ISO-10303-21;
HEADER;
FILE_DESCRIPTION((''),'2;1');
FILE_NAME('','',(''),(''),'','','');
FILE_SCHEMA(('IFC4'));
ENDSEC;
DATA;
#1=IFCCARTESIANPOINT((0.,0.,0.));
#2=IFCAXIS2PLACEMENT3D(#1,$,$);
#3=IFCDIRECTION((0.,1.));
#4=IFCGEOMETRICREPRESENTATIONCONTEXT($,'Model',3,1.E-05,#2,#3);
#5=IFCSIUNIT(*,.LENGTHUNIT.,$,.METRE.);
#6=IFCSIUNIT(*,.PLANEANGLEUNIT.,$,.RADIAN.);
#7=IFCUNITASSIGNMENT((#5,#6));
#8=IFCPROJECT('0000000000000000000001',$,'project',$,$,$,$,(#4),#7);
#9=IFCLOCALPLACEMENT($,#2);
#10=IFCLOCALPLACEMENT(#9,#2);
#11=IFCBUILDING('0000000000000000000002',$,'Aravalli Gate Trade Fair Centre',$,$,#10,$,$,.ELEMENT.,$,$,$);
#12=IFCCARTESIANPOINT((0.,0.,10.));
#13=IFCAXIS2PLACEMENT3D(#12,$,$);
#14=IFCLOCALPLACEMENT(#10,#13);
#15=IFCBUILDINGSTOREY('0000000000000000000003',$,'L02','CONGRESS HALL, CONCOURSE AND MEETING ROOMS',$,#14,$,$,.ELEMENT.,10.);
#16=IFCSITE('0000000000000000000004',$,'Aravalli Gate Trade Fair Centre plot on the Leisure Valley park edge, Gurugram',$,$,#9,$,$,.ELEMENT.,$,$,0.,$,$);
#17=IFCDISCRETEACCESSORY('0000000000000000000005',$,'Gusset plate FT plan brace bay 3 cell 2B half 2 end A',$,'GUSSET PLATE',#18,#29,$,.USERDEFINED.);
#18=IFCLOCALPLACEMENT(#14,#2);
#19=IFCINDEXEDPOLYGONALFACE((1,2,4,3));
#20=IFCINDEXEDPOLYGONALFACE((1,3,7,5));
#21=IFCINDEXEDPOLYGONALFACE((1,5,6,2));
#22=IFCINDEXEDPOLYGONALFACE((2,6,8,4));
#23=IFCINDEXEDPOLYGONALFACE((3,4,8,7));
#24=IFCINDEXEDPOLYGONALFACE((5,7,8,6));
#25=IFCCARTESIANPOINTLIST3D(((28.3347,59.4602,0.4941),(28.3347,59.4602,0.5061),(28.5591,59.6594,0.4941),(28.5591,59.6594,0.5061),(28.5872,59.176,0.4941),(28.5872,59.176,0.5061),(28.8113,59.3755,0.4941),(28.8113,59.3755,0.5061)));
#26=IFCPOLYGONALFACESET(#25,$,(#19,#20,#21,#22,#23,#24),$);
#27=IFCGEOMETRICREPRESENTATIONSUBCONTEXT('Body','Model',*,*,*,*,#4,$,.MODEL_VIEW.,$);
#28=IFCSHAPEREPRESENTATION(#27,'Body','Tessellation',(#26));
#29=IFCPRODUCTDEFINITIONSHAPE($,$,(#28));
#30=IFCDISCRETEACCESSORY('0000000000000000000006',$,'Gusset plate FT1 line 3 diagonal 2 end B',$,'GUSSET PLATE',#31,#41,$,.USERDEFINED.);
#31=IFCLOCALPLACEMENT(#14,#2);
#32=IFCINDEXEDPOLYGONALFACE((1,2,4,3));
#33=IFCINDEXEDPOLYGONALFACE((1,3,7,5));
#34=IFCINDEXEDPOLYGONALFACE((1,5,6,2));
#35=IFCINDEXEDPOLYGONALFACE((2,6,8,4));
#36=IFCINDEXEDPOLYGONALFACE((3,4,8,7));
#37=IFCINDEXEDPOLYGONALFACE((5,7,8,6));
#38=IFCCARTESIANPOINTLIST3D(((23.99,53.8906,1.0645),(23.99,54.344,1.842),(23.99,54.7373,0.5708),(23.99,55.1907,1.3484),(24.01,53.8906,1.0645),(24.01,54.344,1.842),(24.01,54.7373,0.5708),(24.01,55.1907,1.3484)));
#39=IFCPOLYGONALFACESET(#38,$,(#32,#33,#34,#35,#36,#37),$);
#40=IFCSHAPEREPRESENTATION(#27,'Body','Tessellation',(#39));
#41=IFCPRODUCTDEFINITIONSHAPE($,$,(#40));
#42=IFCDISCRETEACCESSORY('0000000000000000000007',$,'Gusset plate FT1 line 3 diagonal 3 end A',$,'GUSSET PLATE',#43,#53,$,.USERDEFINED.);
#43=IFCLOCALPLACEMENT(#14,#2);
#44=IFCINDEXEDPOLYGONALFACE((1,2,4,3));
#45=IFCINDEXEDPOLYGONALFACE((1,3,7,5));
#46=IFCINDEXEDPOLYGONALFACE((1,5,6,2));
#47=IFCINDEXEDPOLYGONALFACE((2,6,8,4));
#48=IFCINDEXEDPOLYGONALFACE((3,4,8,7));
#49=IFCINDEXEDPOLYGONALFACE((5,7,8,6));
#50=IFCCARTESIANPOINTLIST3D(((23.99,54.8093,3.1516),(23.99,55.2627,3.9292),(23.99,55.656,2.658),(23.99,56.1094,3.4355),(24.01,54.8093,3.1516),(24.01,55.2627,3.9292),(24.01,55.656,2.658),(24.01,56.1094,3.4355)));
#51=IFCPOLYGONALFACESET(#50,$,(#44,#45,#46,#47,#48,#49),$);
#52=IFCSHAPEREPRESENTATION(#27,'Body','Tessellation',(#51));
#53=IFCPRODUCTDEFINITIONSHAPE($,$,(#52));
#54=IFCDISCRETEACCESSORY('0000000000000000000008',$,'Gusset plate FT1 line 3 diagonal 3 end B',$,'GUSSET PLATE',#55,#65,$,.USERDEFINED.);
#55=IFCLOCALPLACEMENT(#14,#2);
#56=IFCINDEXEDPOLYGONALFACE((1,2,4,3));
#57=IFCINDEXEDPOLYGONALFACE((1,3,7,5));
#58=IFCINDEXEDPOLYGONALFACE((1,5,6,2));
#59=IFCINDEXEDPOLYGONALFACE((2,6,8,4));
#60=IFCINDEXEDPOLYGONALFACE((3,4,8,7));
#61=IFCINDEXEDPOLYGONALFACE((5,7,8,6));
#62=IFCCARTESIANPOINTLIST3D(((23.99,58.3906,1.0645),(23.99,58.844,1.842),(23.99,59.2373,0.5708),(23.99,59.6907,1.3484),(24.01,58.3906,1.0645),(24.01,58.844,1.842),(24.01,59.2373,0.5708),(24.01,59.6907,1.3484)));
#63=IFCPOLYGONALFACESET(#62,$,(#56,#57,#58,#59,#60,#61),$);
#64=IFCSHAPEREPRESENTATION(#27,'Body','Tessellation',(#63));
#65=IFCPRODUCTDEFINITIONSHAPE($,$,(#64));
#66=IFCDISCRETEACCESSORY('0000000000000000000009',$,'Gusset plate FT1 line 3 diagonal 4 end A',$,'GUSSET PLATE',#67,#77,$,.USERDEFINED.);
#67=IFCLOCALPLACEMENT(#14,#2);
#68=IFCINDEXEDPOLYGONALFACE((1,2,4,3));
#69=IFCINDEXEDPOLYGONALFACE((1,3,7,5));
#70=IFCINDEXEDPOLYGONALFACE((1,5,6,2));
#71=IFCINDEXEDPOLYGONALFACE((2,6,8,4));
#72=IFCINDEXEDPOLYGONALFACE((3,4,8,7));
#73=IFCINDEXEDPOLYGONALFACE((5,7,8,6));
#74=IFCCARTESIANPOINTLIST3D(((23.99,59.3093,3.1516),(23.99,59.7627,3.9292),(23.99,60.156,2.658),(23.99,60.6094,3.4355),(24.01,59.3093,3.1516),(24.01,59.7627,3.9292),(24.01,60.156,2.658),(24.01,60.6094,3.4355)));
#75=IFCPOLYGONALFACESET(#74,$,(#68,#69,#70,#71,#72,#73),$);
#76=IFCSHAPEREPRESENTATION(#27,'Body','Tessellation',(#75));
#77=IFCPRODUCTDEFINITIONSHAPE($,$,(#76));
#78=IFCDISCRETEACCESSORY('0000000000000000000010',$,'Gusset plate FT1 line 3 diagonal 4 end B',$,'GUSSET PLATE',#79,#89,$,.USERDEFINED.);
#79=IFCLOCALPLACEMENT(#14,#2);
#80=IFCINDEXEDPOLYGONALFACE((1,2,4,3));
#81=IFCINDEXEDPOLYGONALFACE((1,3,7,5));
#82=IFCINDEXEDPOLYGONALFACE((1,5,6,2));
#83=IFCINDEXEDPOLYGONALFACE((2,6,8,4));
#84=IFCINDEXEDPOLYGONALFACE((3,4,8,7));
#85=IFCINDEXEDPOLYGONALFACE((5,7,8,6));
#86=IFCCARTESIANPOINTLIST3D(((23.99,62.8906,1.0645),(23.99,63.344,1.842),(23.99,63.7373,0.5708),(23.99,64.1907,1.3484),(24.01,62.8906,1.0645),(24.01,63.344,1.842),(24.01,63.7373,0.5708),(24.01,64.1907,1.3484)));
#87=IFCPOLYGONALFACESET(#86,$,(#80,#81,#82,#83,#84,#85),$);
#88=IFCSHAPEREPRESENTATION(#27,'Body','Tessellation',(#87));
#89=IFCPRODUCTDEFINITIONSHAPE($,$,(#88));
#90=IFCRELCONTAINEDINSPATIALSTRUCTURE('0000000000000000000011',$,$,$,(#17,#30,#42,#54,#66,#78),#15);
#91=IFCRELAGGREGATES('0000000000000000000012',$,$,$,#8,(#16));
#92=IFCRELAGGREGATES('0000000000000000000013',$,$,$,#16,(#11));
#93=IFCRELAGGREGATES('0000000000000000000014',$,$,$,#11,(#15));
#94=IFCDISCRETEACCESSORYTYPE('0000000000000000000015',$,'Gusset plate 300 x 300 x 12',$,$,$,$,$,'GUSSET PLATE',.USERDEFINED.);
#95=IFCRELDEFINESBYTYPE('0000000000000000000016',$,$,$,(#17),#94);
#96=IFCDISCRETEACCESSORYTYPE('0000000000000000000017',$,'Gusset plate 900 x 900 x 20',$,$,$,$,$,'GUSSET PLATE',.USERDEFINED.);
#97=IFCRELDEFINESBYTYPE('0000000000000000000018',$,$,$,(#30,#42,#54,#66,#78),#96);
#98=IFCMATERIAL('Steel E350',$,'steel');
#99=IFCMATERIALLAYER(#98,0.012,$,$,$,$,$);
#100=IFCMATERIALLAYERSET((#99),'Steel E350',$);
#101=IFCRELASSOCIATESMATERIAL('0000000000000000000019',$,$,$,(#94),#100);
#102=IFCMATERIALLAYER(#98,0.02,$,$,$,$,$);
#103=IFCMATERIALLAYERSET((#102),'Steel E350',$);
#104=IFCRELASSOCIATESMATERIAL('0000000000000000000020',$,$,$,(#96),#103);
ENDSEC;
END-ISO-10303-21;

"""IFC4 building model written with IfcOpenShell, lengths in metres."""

from ifc_helpers import new_model, si_unit, direction, frame, origin, place, context, subcontext, project, spatial, polyline, outline, extrude, material, layer, layer_set, type_object, element, save


model = new_model("IFC4")

# Units and contexts
model_context = context("Model", 3, precision=1e-05, world=origin(), true_north=direction((0.0, 1.0)))
body_context = subcontext(model_context, "Body", "Model", "MODEL_VIEW")
ifc_project = project(units=[si_unit("LENGTHUNIT", "METRE"), si_unit("PLANEANGLEUNIT", "RADIAN")], contexts=[model_context])

# Site, building, storey
site_placement = place(None, origin())
site = spatial("IfcSite", under=ifc_project, at=site_placement, Name="Aravalli Gate Trade Fair Centre plot on the Leisure Valley park edge, Gurugram", CompositionType="ELEMENT", RefElevation=0.0)
building_placement = place(site_placement, origin())
building = spatial("IfcBuilding", under=site, at=building_placement, Name="Aravalli Gate Trade Fair Centre", CompositionType="ELEMENT")
storey_placement = place(building_placement, frame((0.0, 0.0, 10.0)))
storey = spatial("IfcBuildingStorey", under=building, at=storey_placement, Name="L02", Description="CONGRESS HALL, CONCOURSE AND MEETING ROOMS", CompositionType="ELEMENT", Elevation=10.0)

# Shared definitions
ifc_material_1 = material(Name="Steel E350", Category="steel")

# Discrete accessories
ifc_layer_1 = layer(ifc_material_1, 0.012)
ifc_layer_set_1 = layer_set([ifc_layer_1], Name="Steel E350")
discrete_accessory_type_1 = type_object("IfcDiscreteAccessoryType", Name="Gusset plate 300 x 300 x 12", ElementType="GUSSET PLATE", PredefinedType="USERDEFINED", material=ifc_layer_set_1)
discrete_accessory_1_placement = place(storey_placement, frame((28.5872, 59.176, 0.5061), z_axis=(0.0, 0.0, 1.0), x_axis=(-0.664125, 0.747622, 0.0)))
element("IfcDiscreteAccessory", 1, at=discrete_accessory_1_placement, inside=storey, type_object=discrete_accessory_type_1, Name="Gusset plate FT plan brace bay 3 cell 2B half 2 end A", ObjectType="GUSSET PLATE", PredefinedType="USERDEFINED", context=body_context, shape_type="SweptSolid", body=[
    extrude(outline(polyline([(0.0, 0.0), (0.3801, 0.0), (0.38, -0.3), (0.0003, -0.3), (0.0, 0.0)])), origin(), (0.0, 0.0, -1.0), 0.012),
])
ifc_layer_2 = layer(ifc_material_1, 0.02)
ifc_layer_set_2 = layer_set([ifc_layer_2], Name="Steel E350")
discrete_accessory_type_2 = type_object("IfcDiscreteAccessoryType", Name="Gusset plate 900 x 900 x 20", ElementType="GUSSET PLATE", PredefinedType="USERDEFINED", material=ifc_layer_set_2)
discrete_accessory_2_placement = place(storey_placement, frame((24.01, 53.8906, 1.0645), z_axis=(1.0, 0.0, 0.0), x_axis=(0.0, 0.863887, -0.503685)))
element("IfcDiscreteAccessory", 2, at=discrete_accessory_2_placement, inside=storey, type_object=discrete_accessory_type_2, Name="Gusset plate FT1 line 3 diagonal 2 end B", ObjectType="GUSSET PLATE", PredefinedType="USERDEFINED", context=body_context, shape_type="SweptSolid", body=[
    extrude(outline(polyline([(0.0, 0.0), (0.9801, 0.0), (0.9801, 0.9001), (0.0, 0.9001), (0.0, 0.0)])), origin(), (0.0, 0.0, -1.0), 0.02),
])
discrete_accessory_3_placement = place(storey_placement, frame((23.99, 55.656, 2.658), z_axis=(-1.0, 0.0, 0.0), x_axis=(0.0, -0.863887, 0.503685)))
element("IfcDiscreteAccessory", 3, at=discrete_accessory_3_placement, inside=storey, type_object=discrete_accessory_type_2, Name="Gusset plate FT1 line 3 diagonal 3 end A", ObjectType="GUSSET PLATE", PredefinedType="USERDEFINED", context=body_context, shape_type="SweptSolid", body=[
    extrude(outline(polyline([(0.0, 0.0), (0.9801, 0.0), (0.9801, 0.9001), (0.0, 0.9001), (0.0, 0.0)])), origin(), (0.0, 0.0, -1.0), 0.02),
])
discrete_accessory_4_placement = place(storey_placement, frame((24.01, 58.3906, 1.0645), z_axis=(1.0, 0.0, 0.0), x_axis=(0.0, 0.863887, -0.503685)))
element("IfcDiscreteAccessory", 4, at=discrete_accessory_4_placement, inside=storey, type_object=discrete_accessory_type_2, Name="Gusset plate FT1 line 3 diagonal 3 end B", ObjectType="GUSSET PLATE", PredefinedType="USERDEFINED", context=body_context, shape_type="SweptSolid", body=[
    extrude(outline(polyline([(0.0, 0.0), (0.9801, 0.0), (0.9801, 0.9001), (0.0, 0.9001), (0.0, 0.0)])), origin(), (0.0, 0.0, -1.0), 0.02),
])
discrete_accessory_5_placement = place(storey_placement, frame((23.99, 60.156, 2.658), z_axis=(-1.0, 0.0, 0.0), x_axis=(0.0, -0.863887, 0.503685)))
element("IfcDiscreteAccessory", 5, at=discrete_accessory_5_placement, inside=storey, type_object=discrete_accessory_type_2, Name="Gusset plate FT1 line 3 diagonal 4 end A", ObjectType="GUSSET PLATE", PredefinedType="USERDEFINED", context=body_context, shape_type="SweptSolid", body=[
    extrude(outline(polyline([(0.0, 0.0), (0.9801, 0.0), (0.9801, 0.9001), (0.0, 0.9001), (0.0, 0.0)])), origin(), (0.0, 0.0, -1.0), 0.02),
])
discrete_accessory_6_placement = place(storey_placement, frame((24.01, 62.8906, 1.0645), z_axis=(1.0, 0.0, 0.0), x_axis=(0.0, 0.863887, -0.503685)))
element("IfcDiscreteAccessory", 6, at=discrete_accessory_6_placement, inside=storey, type_object=discrete_accessory_type_2, Name="Gusset plate FT1 line 3 diagonal 4 end B", ObjectType="GUSSET PLATE", PredefinedType="USERDEFINED", context=body_context, shape_type="SweptSolid", body=[
    extrude(outline(polyline([(0.0, 0.0), (0.9801, 0.0), (0.9801, 0.9001), (0.0, 0.9001), (0.0, 0.0)])), origin(), (0.0, 0.0, -1.0), 0.02),
])

save(model, "model.ifc")
